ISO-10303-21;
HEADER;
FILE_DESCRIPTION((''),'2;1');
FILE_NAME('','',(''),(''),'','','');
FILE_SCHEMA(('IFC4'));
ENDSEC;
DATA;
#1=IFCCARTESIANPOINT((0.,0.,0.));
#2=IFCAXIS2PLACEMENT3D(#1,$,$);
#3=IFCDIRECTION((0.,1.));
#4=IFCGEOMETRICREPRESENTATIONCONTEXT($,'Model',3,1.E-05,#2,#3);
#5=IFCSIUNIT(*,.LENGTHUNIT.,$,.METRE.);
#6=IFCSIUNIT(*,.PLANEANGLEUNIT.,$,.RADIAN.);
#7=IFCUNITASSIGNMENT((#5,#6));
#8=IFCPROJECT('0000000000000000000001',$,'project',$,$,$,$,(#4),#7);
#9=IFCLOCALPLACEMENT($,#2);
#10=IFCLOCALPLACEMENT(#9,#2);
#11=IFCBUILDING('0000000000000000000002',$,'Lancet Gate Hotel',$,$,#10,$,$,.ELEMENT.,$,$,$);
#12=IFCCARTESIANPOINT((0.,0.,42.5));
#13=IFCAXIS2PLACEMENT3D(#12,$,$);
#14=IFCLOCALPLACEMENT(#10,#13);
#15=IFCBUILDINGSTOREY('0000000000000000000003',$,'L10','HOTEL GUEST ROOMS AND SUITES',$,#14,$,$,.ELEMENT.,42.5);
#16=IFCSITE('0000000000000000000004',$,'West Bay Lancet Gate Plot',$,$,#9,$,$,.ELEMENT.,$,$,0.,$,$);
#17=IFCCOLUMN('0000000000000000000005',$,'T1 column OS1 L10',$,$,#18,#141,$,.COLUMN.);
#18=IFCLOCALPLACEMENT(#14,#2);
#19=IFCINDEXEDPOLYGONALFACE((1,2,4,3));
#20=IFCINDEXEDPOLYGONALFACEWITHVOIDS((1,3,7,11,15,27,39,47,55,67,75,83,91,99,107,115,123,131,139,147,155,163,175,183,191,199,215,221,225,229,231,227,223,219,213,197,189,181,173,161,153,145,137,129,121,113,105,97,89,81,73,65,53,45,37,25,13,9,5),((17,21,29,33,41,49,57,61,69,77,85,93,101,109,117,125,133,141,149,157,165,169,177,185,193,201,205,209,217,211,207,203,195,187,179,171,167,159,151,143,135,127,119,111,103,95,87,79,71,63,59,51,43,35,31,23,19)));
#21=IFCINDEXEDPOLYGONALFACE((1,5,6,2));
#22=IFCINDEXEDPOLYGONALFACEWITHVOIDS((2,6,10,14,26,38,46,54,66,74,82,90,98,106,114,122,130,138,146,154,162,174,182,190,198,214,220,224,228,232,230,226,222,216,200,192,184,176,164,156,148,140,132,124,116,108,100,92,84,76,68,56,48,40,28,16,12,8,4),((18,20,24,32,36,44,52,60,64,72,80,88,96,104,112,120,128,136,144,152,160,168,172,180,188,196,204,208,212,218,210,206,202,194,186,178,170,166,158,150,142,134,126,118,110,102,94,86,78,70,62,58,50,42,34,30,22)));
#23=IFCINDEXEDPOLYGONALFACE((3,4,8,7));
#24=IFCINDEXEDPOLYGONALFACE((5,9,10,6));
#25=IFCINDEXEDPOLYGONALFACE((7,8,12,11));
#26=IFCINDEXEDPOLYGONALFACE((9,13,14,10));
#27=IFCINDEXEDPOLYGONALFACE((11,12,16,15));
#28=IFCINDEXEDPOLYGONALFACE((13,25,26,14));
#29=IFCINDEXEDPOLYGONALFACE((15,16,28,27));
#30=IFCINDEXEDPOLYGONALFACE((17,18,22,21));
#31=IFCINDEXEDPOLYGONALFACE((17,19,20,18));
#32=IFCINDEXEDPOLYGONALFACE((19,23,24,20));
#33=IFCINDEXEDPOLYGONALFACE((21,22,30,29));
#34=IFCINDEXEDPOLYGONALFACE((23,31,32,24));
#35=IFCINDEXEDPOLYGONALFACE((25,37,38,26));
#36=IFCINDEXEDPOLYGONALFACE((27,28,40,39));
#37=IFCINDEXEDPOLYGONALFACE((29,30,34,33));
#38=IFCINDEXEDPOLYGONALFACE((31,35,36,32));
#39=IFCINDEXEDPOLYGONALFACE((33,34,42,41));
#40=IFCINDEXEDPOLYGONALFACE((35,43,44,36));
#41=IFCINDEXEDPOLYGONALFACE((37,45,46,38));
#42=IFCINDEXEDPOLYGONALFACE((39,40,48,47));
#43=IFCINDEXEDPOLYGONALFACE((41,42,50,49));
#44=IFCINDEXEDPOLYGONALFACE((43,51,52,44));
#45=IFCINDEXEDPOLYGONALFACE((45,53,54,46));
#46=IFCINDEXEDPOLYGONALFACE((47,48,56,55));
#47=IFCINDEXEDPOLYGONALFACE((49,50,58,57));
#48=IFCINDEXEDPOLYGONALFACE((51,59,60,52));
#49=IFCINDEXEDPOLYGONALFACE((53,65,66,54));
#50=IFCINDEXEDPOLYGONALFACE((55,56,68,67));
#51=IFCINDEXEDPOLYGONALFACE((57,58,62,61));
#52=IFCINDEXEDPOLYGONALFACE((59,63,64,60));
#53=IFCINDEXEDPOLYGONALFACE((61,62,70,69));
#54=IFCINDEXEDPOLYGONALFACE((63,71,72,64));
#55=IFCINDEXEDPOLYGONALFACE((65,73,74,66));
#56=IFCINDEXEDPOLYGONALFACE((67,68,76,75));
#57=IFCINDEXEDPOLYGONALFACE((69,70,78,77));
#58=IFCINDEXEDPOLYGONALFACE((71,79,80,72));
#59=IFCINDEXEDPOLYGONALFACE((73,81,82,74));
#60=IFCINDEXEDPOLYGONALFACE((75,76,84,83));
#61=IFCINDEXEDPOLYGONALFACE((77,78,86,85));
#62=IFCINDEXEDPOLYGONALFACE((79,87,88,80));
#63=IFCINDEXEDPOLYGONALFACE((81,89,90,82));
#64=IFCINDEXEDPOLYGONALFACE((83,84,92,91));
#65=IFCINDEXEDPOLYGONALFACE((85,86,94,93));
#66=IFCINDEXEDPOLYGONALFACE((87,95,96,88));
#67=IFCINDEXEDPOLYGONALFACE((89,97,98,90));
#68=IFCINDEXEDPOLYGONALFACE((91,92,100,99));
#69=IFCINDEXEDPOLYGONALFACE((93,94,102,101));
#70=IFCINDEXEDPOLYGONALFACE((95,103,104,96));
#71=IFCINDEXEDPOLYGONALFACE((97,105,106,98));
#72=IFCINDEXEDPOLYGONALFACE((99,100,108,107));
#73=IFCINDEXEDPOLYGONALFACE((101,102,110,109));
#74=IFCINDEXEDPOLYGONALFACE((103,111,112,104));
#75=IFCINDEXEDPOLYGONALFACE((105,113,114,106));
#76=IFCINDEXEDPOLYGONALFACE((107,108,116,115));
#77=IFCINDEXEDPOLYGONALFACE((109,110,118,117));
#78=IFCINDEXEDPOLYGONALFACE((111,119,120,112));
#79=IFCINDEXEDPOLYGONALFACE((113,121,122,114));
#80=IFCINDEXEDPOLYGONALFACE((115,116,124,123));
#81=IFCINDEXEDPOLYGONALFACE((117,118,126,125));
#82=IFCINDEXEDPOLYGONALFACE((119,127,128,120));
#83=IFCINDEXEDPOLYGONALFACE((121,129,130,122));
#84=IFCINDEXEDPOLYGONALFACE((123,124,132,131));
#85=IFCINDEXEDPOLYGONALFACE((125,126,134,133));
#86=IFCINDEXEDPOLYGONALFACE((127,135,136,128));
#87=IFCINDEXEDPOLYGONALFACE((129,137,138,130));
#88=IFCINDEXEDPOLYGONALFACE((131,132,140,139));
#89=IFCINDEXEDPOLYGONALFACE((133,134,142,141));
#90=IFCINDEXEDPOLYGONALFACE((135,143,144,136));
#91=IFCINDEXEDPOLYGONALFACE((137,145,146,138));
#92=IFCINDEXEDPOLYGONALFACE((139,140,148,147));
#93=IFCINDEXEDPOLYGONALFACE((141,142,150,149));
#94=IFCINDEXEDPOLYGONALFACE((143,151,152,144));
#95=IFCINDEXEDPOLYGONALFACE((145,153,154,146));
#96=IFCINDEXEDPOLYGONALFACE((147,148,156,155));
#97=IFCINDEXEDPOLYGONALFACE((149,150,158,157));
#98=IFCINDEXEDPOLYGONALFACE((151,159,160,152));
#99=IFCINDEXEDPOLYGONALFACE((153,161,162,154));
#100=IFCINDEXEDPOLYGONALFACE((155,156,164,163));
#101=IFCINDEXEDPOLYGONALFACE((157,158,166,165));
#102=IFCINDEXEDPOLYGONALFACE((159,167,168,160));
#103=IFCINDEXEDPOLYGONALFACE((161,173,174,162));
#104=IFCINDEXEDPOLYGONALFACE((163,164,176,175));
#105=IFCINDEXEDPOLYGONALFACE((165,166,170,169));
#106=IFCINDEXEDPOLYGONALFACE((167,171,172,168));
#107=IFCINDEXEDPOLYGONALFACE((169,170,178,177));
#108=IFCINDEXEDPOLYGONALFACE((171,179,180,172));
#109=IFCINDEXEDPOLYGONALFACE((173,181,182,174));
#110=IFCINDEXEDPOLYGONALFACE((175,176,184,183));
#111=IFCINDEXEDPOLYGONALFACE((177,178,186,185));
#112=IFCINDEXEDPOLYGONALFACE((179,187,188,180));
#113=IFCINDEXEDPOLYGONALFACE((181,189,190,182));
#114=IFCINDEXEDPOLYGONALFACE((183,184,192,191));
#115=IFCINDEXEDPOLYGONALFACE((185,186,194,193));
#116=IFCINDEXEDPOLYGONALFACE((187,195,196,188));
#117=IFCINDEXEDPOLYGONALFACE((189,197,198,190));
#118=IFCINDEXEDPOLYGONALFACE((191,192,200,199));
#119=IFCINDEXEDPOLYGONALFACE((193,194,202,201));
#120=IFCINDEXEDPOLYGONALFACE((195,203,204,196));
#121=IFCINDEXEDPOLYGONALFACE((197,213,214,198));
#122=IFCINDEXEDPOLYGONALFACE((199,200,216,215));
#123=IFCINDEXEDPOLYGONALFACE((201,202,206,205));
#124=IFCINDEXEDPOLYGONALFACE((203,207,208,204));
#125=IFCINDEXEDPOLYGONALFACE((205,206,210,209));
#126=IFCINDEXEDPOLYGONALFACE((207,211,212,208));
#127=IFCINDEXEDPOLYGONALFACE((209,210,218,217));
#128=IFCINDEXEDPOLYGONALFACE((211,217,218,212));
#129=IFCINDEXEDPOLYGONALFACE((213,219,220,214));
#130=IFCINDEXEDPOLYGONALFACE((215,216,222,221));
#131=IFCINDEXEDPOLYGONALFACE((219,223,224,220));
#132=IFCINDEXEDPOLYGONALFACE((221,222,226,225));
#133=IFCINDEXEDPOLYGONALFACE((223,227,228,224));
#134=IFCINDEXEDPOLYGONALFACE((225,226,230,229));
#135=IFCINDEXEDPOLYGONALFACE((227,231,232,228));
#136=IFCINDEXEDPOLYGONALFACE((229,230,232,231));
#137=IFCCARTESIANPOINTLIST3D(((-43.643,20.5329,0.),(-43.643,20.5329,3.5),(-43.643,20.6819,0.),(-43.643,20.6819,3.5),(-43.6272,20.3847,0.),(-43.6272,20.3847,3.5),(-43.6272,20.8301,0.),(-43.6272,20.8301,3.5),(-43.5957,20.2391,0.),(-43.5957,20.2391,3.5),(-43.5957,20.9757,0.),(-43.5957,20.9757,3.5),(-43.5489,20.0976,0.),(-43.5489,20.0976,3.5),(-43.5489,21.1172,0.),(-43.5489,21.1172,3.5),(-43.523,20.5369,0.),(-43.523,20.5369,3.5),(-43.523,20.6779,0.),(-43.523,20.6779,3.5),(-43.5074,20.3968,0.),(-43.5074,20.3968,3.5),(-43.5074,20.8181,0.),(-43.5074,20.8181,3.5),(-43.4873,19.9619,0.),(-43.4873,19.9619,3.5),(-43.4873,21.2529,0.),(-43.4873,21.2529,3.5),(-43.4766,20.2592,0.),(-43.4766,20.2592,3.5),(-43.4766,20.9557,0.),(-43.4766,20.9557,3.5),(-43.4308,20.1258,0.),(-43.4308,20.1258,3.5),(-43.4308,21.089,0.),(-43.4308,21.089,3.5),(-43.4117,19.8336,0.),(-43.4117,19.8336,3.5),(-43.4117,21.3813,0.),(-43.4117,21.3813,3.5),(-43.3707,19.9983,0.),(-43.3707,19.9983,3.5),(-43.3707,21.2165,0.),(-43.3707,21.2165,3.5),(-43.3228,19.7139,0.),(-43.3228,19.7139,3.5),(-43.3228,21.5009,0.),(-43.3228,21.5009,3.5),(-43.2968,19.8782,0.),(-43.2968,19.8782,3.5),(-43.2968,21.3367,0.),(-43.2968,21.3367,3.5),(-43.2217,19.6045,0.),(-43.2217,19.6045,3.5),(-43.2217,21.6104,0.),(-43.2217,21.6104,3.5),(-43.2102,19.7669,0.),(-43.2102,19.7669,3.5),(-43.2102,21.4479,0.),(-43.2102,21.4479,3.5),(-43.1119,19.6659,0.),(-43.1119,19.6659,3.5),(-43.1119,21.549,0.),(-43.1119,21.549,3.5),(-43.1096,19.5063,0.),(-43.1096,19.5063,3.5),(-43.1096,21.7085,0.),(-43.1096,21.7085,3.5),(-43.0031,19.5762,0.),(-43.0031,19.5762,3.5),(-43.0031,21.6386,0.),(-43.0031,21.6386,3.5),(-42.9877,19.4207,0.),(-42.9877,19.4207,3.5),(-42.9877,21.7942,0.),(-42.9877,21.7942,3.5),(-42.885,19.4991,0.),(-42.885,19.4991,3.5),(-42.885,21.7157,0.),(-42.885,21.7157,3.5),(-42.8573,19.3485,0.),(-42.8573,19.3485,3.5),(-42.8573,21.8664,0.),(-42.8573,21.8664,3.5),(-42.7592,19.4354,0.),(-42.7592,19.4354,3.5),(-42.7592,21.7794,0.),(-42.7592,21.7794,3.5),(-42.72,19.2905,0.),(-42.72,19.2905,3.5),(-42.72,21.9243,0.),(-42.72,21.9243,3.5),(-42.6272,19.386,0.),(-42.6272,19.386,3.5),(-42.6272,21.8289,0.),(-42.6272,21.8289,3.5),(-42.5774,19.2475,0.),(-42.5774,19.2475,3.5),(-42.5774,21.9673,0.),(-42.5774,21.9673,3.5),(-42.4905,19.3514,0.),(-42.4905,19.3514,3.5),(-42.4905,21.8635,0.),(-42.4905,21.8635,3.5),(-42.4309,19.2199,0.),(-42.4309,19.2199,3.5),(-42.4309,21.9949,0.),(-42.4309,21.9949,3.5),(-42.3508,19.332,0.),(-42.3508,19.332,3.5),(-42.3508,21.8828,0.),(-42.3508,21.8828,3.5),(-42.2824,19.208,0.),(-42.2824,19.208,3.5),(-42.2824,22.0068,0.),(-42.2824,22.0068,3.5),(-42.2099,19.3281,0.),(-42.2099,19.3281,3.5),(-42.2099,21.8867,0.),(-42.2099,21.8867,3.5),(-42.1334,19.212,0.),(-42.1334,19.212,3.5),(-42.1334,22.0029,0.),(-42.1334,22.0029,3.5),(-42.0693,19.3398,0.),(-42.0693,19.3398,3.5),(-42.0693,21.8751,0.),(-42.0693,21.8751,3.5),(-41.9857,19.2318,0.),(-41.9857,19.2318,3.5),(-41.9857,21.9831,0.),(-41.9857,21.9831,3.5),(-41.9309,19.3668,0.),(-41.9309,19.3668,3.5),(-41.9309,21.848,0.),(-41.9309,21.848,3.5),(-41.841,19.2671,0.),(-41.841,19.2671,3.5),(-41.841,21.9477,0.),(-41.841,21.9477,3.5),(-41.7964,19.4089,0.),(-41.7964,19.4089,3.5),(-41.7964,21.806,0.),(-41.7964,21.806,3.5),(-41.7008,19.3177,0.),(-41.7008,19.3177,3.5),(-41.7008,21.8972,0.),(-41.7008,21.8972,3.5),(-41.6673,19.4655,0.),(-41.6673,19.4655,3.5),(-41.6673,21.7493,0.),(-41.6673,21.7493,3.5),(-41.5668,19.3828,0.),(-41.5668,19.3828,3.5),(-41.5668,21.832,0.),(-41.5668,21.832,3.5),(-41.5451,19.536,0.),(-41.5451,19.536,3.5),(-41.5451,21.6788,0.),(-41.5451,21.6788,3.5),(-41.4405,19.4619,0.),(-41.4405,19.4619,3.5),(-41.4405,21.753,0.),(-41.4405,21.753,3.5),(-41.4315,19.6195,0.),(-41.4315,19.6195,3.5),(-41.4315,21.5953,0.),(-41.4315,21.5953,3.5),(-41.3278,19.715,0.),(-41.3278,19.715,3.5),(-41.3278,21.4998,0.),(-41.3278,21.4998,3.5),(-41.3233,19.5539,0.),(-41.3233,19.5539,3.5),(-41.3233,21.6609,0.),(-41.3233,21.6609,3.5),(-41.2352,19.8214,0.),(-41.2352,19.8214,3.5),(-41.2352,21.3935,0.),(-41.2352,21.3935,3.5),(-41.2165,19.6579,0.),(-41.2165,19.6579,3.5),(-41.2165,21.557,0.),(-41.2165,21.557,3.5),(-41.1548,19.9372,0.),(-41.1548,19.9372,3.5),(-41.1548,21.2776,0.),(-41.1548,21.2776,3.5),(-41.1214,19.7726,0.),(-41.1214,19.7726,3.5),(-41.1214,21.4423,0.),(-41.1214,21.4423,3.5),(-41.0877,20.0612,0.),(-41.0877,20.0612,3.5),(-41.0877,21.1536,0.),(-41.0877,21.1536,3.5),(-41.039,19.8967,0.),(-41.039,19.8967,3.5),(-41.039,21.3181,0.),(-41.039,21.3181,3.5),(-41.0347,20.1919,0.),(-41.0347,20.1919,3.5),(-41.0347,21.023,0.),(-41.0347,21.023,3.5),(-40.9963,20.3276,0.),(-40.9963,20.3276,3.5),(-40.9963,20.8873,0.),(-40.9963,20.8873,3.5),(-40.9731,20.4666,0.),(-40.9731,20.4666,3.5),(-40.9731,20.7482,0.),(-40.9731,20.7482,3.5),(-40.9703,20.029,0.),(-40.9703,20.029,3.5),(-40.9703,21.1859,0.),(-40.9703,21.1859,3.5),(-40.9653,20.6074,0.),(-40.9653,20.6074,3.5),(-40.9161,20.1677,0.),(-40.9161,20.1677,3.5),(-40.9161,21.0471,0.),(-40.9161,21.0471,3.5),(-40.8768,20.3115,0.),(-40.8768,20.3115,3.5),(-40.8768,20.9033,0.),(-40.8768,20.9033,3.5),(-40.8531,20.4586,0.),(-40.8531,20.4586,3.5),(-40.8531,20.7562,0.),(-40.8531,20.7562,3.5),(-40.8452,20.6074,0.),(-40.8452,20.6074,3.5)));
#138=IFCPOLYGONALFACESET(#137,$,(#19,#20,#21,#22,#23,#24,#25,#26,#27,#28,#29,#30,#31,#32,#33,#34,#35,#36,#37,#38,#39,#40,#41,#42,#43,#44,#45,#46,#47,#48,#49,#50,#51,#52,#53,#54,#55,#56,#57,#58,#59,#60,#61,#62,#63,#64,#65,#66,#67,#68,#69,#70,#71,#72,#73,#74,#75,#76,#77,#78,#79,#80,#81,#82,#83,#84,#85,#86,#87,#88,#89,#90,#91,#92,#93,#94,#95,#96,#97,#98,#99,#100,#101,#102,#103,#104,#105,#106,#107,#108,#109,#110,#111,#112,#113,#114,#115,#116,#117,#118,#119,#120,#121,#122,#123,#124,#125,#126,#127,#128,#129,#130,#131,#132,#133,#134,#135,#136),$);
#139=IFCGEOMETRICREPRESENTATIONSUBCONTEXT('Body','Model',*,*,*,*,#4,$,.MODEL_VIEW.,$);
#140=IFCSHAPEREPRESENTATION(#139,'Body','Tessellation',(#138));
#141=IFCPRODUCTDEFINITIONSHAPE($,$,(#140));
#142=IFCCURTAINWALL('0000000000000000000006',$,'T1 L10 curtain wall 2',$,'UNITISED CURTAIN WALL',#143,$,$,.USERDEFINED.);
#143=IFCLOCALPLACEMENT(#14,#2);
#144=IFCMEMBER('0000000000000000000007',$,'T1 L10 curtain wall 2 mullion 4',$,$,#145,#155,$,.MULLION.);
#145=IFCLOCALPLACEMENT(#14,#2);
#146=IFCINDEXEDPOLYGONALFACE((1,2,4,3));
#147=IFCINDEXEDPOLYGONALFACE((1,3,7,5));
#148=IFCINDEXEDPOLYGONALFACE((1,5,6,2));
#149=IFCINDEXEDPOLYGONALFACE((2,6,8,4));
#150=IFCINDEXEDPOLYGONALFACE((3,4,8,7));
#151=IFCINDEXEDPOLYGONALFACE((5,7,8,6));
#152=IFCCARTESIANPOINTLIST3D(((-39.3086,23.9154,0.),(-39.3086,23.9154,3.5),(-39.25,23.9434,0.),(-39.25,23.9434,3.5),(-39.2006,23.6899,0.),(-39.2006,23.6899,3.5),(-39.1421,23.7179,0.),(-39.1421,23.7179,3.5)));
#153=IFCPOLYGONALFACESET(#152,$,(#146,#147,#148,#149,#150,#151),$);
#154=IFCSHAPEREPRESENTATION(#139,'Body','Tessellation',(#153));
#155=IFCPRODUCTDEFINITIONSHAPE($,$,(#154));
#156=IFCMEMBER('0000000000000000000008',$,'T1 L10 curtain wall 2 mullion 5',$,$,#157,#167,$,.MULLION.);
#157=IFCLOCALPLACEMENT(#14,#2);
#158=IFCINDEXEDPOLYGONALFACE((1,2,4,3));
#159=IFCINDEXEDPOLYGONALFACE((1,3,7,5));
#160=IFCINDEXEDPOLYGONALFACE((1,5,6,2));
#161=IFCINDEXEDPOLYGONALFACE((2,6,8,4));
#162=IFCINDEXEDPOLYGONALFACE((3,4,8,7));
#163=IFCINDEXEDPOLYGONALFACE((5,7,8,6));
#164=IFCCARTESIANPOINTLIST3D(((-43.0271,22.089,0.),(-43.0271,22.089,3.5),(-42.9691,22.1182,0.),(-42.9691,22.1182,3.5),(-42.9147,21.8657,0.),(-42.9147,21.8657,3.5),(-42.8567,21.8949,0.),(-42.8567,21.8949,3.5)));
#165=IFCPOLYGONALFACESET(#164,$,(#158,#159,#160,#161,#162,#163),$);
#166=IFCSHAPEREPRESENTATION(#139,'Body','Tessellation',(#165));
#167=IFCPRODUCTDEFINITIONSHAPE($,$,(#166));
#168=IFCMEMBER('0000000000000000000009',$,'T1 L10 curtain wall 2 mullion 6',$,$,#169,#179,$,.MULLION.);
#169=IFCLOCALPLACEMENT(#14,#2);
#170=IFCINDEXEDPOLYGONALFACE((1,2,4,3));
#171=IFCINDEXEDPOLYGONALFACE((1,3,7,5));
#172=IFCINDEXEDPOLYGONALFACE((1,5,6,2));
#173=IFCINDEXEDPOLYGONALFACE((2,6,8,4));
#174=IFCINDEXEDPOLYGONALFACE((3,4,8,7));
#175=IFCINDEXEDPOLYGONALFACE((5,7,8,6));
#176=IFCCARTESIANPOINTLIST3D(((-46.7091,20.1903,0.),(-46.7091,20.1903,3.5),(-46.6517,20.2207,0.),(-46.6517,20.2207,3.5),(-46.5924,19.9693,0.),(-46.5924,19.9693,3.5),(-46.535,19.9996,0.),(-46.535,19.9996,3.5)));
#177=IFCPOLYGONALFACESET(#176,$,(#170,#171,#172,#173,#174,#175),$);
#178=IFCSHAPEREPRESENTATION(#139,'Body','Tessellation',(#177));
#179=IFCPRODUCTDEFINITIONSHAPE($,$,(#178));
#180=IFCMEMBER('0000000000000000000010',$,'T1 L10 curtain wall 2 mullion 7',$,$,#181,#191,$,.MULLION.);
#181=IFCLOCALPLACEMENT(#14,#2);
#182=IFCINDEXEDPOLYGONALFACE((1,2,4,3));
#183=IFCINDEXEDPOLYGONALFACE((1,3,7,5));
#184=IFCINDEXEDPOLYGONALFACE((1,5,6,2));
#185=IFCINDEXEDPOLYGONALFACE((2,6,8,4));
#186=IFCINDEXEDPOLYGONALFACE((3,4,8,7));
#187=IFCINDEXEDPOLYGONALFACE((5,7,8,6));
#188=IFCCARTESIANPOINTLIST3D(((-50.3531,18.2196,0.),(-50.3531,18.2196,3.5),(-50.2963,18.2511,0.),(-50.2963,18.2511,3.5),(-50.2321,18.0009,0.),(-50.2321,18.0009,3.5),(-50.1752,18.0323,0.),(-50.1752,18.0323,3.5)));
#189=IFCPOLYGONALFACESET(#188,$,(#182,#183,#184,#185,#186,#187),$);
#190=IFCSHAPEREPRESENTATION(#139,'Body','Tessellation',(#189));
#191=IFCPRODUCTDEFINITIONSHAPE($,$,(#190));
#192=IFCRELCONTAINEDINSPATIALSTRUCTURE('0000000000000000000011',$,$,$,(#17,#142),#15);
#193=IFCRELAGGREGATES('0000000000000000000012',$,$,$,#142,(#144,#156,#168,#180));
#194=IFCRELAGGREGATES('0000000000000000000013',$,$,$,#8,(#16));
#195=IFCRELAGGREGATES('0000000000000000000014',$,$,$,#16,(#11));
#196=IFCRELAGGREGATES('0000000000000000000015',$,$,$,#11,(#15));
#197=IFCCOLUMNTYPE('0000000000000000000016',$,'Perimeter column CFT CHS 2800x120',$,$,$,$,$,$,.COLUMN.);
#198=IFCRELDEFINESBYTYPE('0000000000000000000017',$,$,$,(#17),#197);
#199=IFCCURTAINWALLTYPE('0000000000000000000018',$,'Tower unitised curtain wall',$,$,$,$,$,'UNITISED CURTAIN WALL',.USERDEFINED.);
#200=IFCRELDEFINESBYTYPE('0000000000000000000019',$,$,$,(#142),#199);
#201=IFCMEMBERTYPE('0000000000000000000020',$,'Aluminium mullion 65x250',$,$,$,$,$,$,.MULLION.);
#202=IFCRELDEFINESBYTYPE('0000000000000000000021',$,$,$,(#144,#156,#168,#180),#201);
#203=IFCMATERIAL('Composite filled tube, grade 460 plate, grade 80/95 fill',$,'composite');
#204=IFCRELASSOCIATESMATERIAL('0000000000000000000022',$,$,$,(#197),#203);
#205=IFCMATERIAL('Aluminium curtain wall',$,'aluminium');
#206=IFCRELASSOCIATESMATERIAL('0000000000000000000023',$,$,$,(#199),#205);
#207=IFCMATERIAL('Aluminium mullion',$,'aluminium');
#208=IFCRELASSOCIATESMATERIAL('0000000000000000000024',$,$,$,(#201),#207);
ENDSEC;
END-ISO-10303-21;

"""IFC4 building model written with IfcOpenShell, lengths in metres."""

from ifc_helpers import new_model, si_unit, direction, frame, origin, origin_2d, place, context, subcontext, project, spatial, rectangle, hollow_circle, extrude, material, material_profile, profile_set, type_object, element, aggregate, save


model = new_model("IFC4")

# Units and contexts
model_context = context("Model", 3, precision=1e-05, world=origin(), true_north=direction((0.0, 1.0)))
body_context = subcontext(model_context, "Body", "Model", "MODEL_VIEW")
ifc_project = project(units=[si_unit("LENGTHUNIT", "METRE"), si_unit("PLANEANGLEUNIT", "RADIAN")], contexts=[model_context])

# Site, building, storey
site_placement = place(None, origin())
site = spatial("IfcSite", under=ifc_project, at=site_placement, Name="West Bay Lancet Gate Plot", CompositionType="ELEMENT", RefElevation=0.0)
building_placement = place(site_placement, origin())
building = spatial("IfcBuilding", under=site, at=building_placement, Name="Lancet Gate Hotel", CompositionType="ELEMENT")
storey_placement = place(building_placement, frame((0.0, 0.0, 42.5)))
storey = spatial("IfcBuildingStorey", under=building, at=storey_placement, Name="L10", Description="HOTEL GUEST ROOMS AND SUITES", CompositionType="ELEMENT", Elevation=42.5)

# Column
ifc_material_1 = material(Name="Composite filled tube, grade 460 plate, grade 80/95 fill", Category="composite")
ifc_material_profile_1 = material_profile(ifc_material_1, hollow_circle(Radius=1.3999, WallThickness=0.1201, at=origin_2d()), Name="CHS 2800x120")
ifc_profile_set_1 = profile_set([ifc_material_profile_1], Name="Composite filled tube, grade 460 plate, grade 80/95 fill")
column_type = type_object("IfcColumnType", Name="Perimeter column CFT CHS 2800x120", PredefinedType="COLUMN", material=ifc_profile_set_1)
column_placement = place(storey_placement, frame((-42.2451, 20.6074, 0.0), z_axis=(0.0, 0.0, 1.0), x_axis=(1.0, 0.0, 0.0)))
element("IfcColumn", 1, at=column_placement, inside=storey, type_object=column_type, Name="T1 column OS1 L10", PredefinedType="COLUMN", context=body_context, shape_type="SweptSolid", body=[
    extrude(hollow_circle(Radius=1.3999, WallThickness=0.1201, at=origin_2d()), origin(), (0.0, 0.0, 1.0), 3.5),
])

# Curtain wall, members
ifc_material_2 = material(Name="Aluminium curtain wall", Category="aluminium")
curtain_wall_type = type_object("IfcCurtainWallType", Name="Tower unitised curtain wall", ElementType="UNITISED CURTAIN WALL", PredefinedType="USERDEFINED", material=ifc_material_2)
curtain_wall_placement = place(storey_placement, origin())
curtain_wall = element("IfcCurtainWall", 2, at=curtain_wall_placement, inside=storey, type_object=curtain_wall_type, Name="T1 L10 curtain wall 2", ObjectType="UNITISED CURTAIN WALL", PredefinedType="USERDEFINED")
ifc_material_3 = material(Name="Aluminium mullion", Category="aluminium")
ifc_material_profile_2 = material_profile(ifc_material_3, rectangle(XDim=0.0649, YDim=0.25, at=origin_2d()), Name="MULLION 65x250")
ifc_profile_set_2 = profile_set([ifc_material_profile_2], Name="Aluminium mullion")
member_type_1 = type_object("IfcMemberType", Name="Aluminium mullion 65x250", PredefinedType="MULLION", material=ifc_profile_set_2)
member_1_placement = place(storey_placement, frame((-39.2253, 23.8167, 0.0), z_axis=(0.0, 0.0, 1.0), x_axis=(-0.901929, -0.431885, 0.0)))
member_1 = element("IfcMember", 3, at=member_1_placement, type_object=member_type_1, Name="T1 L10 curtain wall 2 mullion 4", PredefinedType="MULLION", context=body_context, shape_type="SweptSolid", body=[
    extrude(rectangle(XDim=0.0649, YDim=0.25, at=origin_2d()), origin(), (0.0, 0.0, 1.0), 3.5),
])
member_2_placement = place(storey_placement, frame((-42.9419, 21.9919, 0.0), z_axis=(0.0, 0.0, 1.0), x_axis=(-0.893292, -0.449478, 0.0)))
member_2 = element("IfcMember", 4, at=member_2_placement, type_object=member_type_1, Name="T1 L10 curtain wall 2 mullion 5", PredefinedType="MULLION", context=body_context, shape_type="SweptSolid", body=[
    extrude(rectangle(XDim=0.0649, YDim=0.25, at=origin_2d()), origin(), (0.0, 0.0, 1.0), 3.5),
])
member_3_placement = place(storey_placement, frame((-46.6221, 20.095, 0.0), z_axis=(0.0, 0.0, 1.0), x_axis=(-0.884311, -0.466898, 0.0)))
member_3 = element("IfcMember", 5, at=member_3_placement, type_object=member_type_1, Name="T1 L10 curtain wall 2 mullion 6", PredefinedType="MULLION", context=body_context, shape_type="SweptSolid", body=[
    extrude(rectangle(XDim=0.0649, YDim=0.25, at=origin_2d()), origin(), (0.0, 0.0, 1.0), 3.5),
])
member_4_placement = place(storey_placement, frame((-50.2642, 18.126, 0.0), z_axis=(0.0, 0.0, 1.0), x_axis=(-0.874991, -0.484139, 0.0)))
member_4 = element("IfcMember", 6, at=member_4_placement, type_object=member_type_1, Name="T1 L10 curtain wall 2 mullion 7", PredefinedType="MULLION", context=body_context, shape_type="SweptSolid", body=[
    extrude(rectangle(XDim=0.0649, YDim=0.25, at=origin_2d()), origin(), (0.0, 0.0, 1.0), 3.5),
])

aggregate(curtain_wall, [member_1, member_2, member_3, member_4])

save(model, "model.ifc")
